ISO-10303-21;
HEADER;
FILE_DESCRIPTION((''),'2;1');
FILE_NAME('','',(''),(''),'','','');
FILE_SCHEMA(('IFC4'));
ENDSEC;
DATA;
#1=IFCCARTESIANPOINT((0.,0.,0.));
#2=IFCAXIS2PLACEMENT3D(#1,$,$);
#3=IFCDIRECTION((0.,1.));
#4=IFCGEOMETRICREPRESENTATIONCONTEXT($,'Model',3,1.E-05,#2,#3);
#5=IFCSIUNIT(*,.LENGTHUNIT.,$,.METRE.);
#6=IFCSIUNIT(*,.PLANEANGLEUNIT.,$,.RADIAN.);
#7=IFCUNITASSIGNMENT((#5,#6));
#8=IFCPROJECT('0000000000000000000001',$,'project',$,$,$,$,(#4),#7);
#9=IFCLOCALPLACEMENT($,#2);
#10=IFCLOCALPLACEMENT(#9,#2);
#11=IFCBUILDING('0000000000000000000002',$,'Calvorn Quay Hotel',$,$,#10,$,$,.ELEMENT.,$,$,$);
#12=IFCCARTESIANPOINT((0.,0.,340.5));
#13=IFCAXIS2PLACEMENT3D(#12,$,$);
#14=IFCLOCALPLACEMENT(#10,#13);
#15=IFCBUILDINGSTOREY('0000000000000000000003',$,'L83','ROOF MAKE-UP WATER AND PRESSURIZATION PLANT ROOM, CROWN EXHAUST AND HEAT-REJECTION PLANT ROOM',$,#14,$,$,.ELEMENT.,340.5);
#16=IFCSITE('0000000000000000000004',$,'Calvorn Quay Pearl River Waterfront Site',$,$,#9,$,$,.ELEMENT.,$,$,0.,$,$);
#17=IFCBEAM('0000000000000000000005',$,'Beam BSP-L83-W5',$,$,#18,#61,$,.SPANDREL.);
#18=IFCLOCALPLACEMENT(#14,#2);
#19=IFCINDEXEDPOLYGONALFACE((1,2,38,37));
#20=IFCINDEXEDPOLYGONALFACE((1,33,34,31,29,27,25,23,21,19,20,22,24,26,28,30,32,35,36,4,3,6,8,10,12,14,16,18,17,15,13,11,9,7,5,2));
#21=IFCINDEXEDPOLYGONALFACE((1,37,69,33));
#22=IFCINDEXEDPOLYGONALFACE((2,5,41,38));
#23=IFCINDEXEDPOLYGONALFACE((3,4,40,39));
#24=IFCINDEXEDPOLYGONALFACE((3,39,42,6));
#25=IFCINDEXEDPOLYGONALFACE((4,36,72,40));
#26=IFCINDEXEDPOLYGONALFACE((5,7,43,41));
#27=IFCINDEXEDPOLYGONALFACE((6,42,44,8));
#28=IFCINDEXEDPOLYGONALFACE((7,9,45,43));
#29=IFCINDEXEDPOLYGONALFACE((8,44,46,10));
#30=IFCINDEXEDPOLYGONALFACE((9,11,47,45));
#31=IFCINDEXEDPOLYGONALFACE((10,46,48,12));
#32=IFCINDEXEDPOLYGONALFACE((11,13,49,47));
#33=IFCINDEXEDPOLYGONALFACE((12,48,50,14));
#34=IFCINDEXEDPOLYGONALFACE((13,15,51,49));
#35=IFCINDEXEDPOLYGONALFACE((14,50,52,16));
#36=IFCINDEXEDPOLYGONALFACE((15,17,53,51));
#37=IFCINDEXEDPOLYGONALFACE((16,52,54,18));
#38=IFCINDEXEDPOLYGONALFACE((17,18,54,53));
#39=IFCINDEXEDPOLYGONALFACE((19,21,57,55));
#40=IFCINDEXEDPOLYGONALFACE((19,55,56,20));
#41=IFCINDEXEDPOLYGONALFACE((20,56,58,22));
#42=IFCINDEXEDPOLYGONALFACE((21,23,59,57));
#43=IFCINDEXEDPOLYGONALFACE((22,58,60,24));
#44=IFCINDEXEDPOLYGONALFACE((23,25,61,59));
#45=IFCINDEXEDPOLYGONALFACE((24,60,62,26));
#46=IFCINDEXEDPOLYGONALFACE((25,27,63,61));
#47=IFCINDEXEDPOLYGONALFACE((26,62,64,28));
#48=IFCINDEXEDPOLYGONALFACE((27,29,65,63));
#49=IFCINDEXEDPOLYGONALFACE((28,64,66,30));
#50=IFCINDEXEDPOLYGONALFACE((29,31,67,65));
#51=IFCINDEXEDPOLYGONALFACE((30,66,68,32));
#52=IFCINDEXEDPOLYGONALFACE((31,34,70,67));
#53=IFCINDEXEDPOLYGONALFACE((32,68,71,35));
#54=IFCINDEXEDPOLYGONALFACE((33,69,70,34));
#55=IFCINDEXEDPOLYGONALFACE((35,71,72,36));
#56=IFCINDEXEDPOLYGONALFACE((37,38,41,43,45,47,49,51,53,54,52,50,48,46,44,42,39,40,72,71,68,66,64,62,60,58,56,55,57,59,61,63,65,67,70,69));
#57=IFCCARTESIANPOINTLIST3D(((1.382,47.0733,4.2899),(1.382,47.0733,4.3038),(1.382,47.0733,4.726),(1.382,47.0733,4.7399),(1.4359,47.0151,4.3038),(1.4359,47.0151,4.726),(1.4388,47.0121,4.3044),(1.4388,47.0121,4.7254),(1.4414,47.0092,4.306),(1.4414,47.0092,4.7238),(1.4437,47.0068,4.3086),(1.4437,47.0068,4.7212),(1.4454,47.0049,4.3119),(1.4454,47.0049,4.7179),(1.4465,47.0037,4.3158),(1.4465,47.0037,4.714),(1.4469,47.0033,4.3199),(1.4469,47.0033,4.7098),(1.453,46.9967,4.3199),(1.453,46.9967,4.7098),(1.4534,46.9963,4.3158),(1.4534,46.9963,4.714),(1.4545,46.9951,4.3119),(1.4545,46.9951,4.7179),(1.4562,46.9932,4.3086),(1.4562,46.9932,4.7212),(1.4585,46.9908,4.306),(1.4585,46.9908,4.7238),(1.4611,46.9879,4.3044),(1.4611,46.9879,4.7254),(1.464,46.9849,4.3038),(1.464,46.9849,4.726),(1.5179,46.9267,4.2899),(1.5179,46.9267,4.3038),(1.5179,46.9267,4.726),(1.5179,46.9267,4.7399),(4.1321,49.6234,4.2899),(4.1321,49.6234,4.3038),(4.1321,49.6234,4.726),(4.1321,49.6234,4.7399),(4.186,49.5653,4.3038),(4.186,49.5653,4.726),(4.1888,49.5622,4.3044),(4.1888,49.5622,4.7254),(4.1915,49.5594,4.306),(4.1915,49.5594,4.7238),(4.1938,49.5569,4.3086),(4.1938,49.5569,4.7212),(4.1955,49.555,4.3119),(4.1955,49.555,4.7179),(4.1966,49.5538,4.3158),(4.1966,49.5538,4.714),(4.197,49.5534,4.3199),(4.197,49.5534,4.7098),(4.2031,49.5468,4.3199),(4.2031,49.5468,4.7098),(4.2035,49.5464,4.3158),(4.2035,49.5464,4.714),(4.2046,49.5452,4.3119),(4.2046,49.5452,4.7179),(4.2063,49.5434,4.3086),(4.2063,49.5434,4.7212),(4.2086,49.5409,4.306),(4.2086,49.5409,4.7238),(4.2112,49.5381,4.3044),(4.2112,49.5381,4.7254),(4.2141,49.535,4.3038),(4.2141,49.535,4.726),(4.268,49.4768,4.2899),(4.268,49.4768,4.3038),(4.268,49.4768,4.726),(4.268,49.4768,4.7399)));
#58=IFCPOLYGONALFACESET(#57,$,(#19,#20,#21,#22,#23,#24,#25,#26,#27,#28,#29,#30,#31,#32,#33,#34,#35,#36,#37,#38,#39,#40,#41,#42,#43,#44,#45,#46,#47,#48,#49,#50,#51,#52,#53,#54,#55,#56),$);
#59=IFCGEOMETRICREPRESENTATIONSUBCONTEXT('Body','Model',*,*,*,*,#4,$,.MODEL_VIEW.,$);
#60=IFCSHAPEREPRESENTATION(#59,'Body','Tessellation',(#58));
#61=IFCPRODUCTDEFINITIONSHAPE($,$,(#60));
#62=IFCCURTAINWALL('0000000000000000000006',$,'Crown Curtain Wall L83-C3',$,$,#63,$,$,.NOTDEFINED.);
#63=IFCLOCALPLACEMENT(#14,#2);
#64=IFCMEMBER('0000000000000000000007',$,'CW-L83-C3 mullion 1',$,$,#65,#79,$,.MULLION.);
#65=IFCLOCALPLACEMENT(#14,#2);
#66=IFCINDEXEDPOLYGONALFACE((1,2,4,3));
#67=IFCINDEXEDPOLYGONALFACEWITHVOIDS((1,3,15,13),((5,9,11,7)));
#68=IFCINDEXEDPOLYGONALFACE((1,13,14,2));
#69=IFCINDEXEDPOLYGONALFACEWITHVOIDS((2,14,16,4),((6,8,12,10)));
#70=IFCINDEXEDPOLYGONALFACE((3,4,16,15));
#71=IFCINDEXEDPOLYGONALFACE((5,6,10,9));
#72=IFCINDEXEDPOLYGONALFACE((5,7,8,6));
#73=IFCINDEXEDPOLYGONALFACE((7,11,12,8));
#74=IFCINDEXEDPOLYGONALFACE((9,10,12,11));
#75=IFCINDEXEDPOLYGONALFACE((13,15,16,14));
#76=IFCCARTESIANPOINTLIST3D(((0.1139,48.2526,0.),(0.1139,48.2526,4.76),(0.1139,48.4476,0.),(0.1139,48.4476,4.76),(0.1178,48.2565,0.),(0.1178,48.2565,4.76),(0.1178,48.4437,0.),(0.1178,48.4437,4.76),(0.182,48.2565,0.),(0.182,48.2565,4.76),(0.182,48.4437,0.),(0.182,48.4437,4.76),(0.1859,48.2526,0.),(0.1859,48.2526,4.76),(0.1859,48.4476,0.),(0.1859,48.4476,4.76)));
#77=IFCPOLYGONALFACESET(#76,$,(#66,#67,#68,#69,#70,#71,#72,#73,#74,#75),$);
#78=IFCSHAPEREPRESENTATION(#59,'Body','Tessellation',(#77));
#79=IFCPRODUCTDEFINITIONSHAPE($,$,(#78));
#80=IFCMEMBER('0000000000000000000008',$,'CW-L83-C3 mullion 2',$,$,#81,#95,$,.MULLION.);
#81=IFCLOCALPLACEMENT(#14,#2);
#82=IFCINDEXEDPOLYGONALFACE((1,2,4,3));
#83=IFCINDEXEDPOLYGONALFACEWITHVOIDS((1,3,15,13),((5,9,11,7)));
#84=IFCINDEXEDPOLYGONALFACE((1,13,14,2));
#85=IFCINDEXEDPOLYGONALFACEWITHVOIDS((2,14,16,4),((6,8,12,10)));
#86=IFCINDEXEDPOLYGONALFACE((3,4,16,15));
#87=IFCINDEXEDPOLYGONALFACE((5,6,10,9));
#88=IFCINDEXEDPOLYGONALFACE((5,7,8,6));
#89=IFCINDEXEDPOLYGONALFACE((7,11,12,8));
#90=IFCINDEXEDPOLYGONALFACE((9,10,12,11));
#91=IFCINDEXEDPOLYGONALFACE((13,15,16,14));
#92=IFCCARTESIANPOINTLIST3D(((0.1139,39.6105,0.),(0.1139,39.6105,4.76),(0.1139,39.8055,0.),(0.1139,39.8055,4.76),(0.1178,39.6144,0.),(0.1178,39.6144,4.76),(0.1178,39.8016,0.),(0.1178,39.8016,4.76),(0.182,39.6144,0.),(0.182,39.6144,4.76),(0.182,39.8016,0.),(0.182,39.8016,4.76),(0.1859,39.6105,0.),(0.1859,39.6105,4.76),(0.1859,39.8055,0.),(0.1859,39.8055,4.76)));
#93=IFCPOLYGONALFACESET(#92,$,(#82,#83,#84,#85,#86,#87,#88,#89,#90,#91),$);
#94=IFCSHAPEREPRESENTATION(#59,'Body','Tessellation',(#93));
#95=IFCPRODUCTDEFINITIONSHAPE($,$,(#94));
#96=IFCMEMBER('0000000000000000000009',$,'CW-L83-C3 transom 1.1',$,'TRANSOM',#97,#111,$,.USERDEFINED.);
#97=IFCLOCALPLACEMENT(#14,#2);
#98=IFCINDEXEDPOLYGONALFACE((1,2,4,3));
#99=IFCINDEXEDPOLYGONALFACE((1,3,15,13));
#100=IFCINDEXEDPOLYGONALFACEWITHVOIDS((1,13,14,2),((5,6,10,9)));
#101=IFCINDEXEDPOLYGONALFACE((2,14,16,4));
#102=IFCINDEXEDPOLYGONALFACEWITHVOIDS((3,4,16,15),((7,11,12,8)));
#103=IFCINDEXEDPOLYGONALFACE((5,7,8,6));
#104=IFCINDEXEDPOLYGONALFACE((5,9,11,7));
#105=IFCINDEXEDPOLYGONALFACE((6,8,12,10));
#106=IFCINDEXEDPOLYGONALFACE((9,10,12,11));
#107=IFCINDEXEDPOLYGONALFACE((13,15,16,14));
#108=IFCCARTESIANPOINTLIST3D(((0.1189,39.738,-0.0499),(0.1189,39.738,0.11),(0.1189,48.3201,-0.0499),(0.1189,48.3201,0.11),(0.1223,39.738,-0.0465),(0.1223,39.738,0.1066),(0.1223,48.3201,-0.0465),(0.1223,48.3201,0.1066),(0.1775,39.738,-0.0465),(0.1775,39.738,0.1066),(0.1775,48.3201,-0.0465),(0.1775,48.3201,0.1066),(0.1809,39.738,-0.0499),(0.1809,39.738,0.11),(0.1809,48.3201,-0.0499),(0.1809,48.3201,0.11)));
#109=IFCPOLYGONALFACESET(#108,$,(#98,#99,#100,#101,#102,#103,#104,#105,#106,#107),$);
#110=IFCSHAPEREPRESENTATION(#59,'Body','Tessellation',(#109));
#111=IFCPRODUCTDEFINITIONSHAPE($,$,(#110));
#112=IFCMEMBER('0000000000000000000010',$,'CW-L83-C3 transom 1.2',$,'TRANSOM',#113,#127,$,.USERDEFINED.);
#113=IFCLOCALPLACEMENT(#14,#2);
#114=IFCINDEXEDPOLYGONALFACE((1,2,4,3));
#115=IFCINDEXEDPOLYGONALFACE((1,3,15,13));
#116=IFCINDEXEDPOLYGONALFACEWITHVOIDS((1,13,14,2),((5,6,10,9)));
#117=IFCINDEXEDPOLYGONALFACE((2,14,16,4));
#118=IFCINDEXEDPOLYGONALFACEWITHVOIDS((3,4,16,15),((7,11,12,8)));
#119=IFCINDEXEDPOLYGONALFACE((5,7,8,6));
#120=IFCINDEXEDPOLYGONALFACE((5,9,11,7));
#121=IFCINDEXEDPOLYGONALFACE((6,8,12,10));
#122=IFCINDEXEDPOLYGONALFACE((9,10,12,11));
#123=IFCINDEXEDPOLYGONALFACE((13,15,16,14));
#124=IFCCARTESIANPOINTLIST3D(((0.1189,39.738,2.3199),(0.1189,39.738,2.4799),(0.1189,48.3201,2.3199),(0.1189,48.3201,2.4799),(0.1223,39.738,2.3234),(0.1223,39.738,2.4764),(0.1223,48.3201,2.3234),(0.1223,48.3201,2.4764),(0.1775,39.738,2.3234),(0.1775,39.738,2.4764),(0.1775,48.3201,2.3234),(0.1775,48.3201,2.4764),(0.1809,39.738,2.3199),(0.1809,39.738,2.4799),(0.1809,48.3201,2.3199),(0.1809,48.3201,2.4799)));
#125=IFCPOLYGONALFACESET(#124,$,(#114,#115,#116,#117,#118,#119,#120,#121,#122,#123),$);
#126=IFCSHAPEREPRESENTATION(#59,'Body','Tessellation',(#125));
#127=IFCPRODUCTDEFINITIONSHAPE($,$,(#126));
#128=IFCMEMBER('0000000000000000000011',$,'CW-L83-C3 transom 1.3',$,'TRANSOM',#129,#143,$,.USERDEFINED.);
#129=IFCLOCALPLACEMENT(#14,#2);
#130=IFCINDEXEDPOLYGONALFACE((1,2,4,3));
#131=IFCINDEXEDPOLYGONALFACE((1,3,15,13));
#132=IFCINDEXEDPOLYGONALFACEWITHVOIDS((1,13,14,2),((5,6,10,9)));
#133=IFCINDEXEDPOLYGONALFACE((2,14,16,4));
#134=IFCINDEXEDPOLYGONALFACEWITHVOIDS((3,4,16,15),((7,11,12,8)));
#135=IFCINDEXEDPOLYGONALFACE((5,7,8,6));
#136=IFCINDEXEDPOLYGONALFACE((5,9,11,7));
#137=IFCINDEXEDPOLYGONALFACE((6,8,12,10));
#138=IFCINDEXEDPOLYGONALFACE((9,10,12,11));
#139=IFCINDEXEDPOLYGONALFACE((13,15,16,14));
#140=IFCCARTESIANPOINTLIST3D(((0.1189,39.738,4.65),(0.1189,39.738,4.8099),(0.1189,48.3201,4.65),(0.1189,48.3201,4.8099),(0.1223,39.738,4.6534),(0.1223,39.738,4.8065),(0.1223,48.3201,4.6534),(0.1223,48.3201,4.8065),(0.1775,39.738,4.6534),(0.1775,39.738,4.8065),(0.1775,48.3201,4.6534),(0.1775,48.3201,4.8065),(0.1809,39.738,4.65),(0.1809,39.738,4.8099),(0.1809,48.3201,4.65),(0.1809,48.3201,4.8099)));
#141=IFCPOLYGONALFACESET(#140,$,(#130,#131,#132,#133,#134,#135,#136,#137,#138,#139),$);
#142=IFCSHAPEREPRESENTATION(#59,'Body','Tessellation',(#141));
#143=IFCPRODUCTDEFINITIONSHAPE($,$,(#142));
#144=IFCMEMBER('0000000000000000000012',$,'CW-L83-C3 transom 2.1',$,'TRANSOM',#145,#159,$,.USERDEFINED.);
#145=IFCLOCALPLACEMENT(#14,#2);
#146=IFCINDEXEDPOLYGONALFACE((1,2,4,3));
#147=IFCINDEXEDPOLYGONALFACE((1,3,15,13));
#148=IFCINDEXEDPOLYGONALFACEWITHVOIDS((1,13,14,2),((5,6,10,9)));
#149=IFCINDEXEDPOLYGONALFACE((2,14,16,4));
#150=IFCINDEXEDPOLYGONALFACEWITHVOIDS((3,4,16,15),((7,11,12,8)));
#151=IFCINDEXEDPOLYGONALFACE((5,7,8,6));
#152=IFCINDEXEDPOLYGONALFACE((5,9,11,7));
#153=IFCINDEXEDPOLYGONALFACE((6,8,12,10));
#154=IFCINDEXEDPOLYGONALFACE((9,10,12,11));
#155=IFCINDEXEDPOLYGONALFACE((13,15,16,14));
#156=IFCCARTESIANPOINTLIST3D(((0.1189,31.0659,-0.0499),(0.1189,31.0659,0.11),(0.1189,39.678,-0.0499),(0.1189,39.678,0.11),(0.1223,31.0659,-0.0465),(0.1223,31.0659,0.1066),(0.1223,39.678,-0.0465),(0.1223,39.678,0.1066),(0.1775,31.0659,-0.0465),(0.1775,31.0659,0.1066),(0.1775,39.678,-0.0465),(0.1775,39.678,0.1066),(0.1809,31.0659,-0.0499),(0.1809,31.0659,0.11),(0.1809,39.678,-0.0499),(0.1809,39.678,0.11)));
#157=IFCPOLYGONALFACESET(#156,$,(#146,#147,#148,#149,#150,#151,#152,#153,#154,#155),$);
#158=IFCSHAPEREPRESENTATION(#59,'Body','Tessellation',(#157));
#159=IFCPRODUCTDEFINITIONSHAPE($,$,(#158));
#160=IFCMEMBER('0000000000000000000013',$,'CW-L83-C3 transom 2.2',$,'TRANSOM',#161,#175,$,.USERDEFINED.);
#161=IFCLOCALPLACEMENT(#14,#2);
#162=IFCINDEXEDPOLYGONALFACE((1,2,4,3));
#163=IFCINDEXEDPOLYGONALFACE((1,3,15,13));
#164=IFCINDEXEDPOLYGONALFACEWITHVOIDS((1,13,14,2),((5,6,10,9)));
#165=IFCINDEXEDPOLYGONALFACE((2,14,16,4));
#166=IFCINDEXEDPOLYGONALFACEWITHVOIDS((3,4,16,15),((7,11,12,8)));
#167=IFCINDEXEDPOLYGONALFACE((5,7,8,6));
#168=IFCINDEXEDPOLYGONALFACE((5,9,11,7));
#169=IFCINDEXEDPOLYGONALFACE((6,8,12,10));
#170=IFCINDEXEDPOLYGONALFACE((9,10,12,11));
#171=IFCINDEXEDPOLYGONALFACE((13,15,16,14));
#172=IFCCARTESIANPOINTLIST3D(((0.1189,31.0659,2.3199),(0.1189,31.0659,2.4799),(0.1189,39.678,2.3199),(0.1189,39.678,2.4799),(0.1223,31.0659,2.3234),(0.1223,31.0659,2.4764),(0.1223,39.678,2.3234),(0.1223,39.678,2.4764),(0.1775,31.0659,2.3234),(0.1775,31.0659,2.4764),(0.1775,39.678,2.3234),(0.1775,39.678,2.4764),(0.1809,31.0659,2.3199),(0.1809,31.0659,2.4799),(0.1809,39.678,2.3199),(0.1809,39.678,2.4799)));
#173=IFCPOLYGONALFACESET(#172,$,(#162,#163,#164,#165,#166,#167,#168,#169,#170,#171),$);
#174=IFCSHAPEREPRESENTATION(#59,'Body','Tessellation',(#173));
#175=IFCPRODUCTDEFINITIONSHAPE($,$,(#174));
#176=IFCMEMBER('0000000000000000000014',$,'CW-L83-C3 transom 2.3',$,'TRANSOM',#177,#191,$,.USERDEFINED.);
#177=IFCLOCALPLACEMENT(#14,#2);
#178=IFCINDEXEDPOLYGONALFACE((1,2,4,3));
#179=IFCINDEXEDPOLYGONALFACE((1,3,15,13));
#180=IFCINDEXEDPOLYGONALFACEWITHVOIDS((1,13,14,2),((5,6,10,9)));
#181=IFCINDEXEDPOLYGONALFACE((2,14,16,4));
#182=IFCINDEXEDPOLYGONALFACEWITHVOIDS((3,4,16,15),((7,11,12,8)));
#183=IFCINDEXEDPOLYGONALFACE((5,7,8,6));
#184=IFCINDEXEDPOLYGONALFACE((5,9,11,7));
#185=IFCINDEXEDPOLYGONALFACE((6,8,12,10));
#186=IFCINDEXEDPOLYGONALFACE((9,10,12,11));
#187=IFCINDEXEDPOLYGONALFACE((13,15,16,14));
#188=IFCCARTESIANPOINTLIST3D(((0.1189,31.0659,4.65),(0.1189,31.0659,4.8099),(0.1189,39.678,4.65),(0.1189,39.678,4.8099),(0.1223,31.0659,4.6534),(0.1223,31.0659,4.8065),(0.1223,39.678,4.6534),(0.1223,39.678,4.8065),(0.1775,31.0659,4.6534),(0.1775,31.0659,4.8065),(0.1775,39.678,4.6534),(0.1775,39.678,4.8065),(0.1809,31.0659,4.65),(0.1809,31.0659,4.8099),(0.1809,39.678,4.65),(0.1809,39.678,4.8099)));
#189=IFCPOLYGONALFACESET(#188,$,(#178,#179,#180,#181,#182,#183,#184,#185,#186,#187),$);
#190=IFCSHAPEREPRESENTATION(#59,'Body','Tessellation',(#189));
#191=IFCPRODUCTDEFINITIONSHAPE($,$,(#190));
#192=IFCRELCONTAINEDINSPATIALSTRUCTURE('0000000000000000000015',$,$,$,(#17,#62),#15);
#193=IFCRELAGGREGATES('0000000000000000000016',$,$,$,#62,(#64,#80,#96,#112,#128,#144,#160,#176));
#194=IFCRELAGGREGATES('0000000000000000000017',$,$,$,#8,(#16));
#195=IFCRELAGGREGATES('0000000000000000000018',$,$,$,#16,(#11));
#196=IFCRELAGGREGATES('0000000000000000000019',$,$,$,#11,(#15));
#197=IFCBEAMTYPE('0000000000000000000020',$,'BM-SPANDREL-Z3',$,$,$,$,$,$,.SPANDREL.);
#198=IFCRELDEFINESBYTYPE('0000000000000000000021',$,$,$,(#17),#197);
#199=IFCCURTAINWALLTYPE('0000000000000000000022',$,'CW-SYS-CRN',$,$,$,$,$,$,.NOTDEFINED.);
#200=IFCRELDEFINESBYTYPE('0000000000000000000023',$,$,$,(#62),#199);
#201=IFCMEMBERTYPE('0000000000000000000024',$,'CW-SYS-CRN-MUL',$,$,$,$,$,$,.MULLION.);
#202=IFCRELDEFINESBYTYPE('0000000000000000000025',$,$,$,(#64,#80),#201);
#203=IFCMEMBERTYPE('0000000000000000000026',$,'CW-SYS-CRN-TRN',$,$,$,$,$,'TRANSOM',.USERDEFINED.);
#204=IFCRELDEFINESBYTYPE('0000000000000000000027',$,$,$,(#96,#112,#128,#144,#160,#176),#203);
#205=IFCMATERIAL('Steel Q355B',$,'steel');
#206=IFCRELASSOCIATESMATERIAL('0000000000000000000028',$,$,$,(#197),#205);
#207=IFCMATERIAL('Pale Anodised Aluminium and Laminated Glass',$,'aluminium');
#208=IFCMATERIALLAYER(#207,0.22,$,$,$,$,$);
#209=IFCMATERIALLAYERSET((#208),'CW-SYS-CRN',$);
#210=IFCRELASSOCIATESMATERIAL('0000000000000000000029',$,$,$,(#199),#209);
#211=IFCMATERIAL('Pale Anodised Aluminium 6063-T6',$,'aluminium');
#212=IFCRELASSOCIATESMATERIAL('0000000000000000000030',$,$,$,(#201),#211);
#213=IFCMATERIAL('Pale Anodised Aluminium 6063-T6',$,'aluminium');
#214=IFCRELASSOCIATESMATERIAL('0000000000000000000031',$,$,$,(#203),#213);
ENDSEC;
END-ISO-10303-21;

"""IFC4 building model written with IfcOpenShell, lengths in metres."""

from ifc_helpers import new_model, si_unit, direction, frame, origin, origin_2d, place, context, subcontext, project, spatial, hollow_rectangle, i_section, extrude, material, layer, layer_set, material_profile, profile_set, type_object, element, aggregate, save


model = new_model("IFC4")

# Units and contexts
model_context = context("Model", 3, precision=1e-05, world=origin(), true_north=direction((0.0, 1.0)))
body_context = subcontext(model_context, "Body", "Model", "MODEL_VIEW")
ifc_project = project(units=[si_unit("LENGTHUNIT", "METRE"), si_unit("PLANEANGLEUNIT", "RADIAN")], contexts=[model_context])

# Site, building, storey
site_placement = place(None, origin())
site = spatial("IfcSite", under=ifc_project, at=site_placement, Name="Calvorn Quay Pearl River Waterfront Site", CompositionType="ELEMENT", RefElevation=0.0)
building_placement = place(site_placement, origin())
building = spatial("IfcBuilding", under=site, at=building_placement, Name="Calvorn Quay Hotel", CompositionType="ELEMENT")
storey_placement = place(building_placement, frame((0.0, 0.0, 340.5)))
storey = spatial("IfcBuildingStorey", under=building, at=storey_placement, Name="L83", Description="ROOF MAKE-UP WATER AND PRESSURIZATION PLANT ROOM, CROWN EXHAUST AND HEAT-REJECTION PLANT ROOM", CompositionType="ELEMENT", Elevation=340.5)

# Beam
ifc_material_1 = material(Name="Steel Q355B", Category="steel")
ifc_material_profile_1 = material_profile(ifc_material_1, i_section(OverallWidth=0.2, OverallDepth=0.45, WebThickness=0.009, FlangeThickness=0.0139, FilletRadius=0.0161, at=origin_2d()), Name="HN450x200x9x14")
ifc_profile_set_1 = profile_set([ifc_material_profile_1], Name="Steel Q355B")
beam_type_1 = type_object("IfcBeamType", Name="BM-SPANDREL-Z3", PredefinedType="SPANDREL", material=ifc_profile_set_1)
beam_1_placement = place(storey_placement, frame((1.45, 47.0, 4.5149), z_axis=(0.733262, 0.679947, 0.0), x_axis=(-0.679947, 0.733262, 0.0)))
element("IfcBeam", 1, at=beam_1_placement, inside=storey, type_object=beam_type_1, Name="Beam BSP-L83-W5", PredefinedType="SPANDREL", context=body_context, shape_type="SweptSolid", body=[
    extrude(i_section(OverallWidth=0.2, OverallDepth=0.45, WebThickness=0.009, FlangeThickness=0.0139, FilletRadius=0.0161, at=origin_2d()), origin(), (0.0, 0.0, 1.0), 3.7505),
])

# Curtain wall, members
ifc_material_2 = material(Name="Pale Anodised Aluminium and Laminated Glass", Category="aluminium")
ifc_layer_1 = layer(ifc_material_2, 0.22)
ifc_layer_set_1 = layer_set([ifc_layer_1], Name="CW-SYS-CRN")
curtain_wall_type = type_object("IfcCurtainWallType", Name="CW-SYS-CRN", PredefinedType="NOTDEFINED", material=ifc_layer_set_1)
curtain_wall_placement = place(storey_placement, origin())
curtain_wall = element("IfcCurtainWall", 2, at=curtain_wall_placement, inside=storey, type_object=curtain_wall_type, Name="Crown Curtain Wall L83-C3", PredefinedType="NOTDEFINED")
ifc_material_3 = material(Name="Pale Anodised Aluminium 6063-T6", Category="aluminium")
ifc_material_profile_2 = material_profile(ifc_material_3, hollow_rectangle(XDim=0.072, YDim=0.1951, WallThickness=0.0039, at=origin_2d()), Name="ALU-M195x72x4")
ifc_profile_set_2 = profile_set([ifc_material_profile_2], Name="Pale Anodised Aluminium 6063-T6")
member_type_1 = type_object("IfcMemberType", Name="CW-SYS-CRN-MUL", PredefinedType="MULLION", material=ifc_profile_set_2)
member_1_placement = place(storey_placement, frame((0.1499, 48.3501, 0.0), z_axis=(0.0, 0.0, 1.0), x_axis=(1.0, 0.0, 0.0)))
member_1 = element("IfcMember", 3, at=member_1_placement, type_object=member_type_1, Name="CW-L83-C3 mullion 1", PredefinedType="MULLION", context=body_context, shape_type="SweptSolid", body=[
    extrude(hollow_rectangle(XDim=0.072, YDim=0.1951, WallThickness=0.0039, at=origin_2d()), origin(), (0.0, 0.0, 1.0), 4.76),
])
member_2_placement = place(storey_placement, frame((0.1499, 39.708, 0.0), z_axis=(0.0, 0.0, 1.0), x_axis=(1.0, 0.0, 0.0)))
member_2 = element("IfcMember", 4, at=member_2_placement, type_object=member_type_1, Name="CW-L83-C3 mullion 2", PredefinedType="MULLION", context=body_context, shape_type="SweptSolid", body=[
    extrude(hollow_rectangle(XDim=0.072, YDim=0.1951, WallThickness=0.0039, at=origin_2d()), origin(), (0.0, 0.0, 1.0), 4.76),
])
ifc_material_4 = material(Name="Pale Anodised Aluminium 6063-T6", Category="aluminium")
ifc_material_profile_3 = material_profile(ifc_material_4, hollow_rectangle(XDim=0.062, YDim=0.1599, WallThickness=0.0034, at=origin_2d()), Name="ALU-T160x62x3.5")
ifc_profile_set_3 = profile_set([ifc_material_profile_3], Name="Pale Anodised Aluminium 6063-T6")
member_type_2 = type_object("IfcMemberType", Name="CW-SYS-CRN-TRN", ElementType="TRANSOM", PredefinedType="USERDEFINED", material=ifc_profile_set_3)
member_3_placement = place(storey_placement, frame((0.1499, 48.3201, 0.03), z_axis=(0.0, -1.0, 0.0), x_axis=(1.0, 0.0, 0.0)))
member_3 = element("IfcMember", 5, at=member_3_placement, type_object=member_type_2, Name="CW-L83-C3 transom 1.1", ObjectType="TRANSOM", PredefinedType="USERDEFINED", context=body_context, shape_type="SweptSolid", body=[
    extrude(hollow_rectangle(XDim=0.062, YDim=0.1599, WallThickness=0.0034, at=origin_2d()), origin(), (0.0, 0.0, 1.0), 8.582),
])
member_4_placement = place(storey_placement, frame((0.1499, 48.3201, 2.3999), z_axis=(0.0, -1.0, 0.0), x_axis=(1.0, 0.0, 0.0)))
member_4 = element("IfcMember", 6, at=member_4_placement, type_object=member_type_2, Name="CW-L83-C3 transom 1.2", ObjectType="TRANSOM", PredefinedType="USERDEFINED", context=body_context, shape_type="SweptSolid", body=[
    extrude(hollow_rectangle(XDim=0.062, YDim=0.1599, WallThickness=0.0034, at=origin_2d()), origin(), (0.0, 0.0, 1.0), 8.582),
])
member_5_placement = place(storey_placement, frame((0.1499, 48.3201, 4.73), z_axis=(0.0, -1.0, 0.0), x_axis=(1.0, 0.0, 0.0)))
member_5 = element("IfcMember", 7, at=member_5_placement, type_object=member_type_2, Name="CW-L83-C3 transom 1.3", ObjectType="TRANSOM", PredefinedType="USERDEFINED", context=body_context, shape_type="SweptSolid", body=[
    extrude(hollow_rectangle(XDim=0.062, YDim=0.1599, WallThickness=0.0034, at=origin_2d()), origin(), (0.0, 0.0, 1.0), 8.582),
])
member_6_placement = place(storey_placement, frame((0.1499, 39.678, 0.03), z_axis=(0.0, -1.0, 0.0), x_axis=(1.0, 0.0, 0.0)))
member_6 = element("IfcMember", 8, at=member_6_placement, type_object=member_type_2, Name="CW-L83-C3 transom 2.1", ObjectType="TRANSOM", PredefinedType="USERDEFINED", context=body_context, shape_type="SweptSolid", body=[
    extrude(hollow_rectangle(XDim=0.062, YDim=0.1599, WallThickness=0.0034, at=origin_2d()), origin(), (0.0, 0.0, 1.0), 8.6121),
])
member_7_placement = place(storey_placement, frame((0.1499, 39.678, 2.3999), z_axis=(0.0, -1.0, 0.0), x_axis=(1.0, 0.0, 0.0)))
member_7 = element("IfcMember", 9, at=member_7_placement, type_object=member_type_2, Name="CW-L83-C3 transom 2.2", ObjectType="TRANSOM", PredefinedType="USERDEFINED", context=body_context, shape_type="SweptSolid", body=[
    extrude(hollow_rectangle(XDim=0.062, YDim=0.1599, WallThickness=0.0034, at=origin_2d()), origin(), (0.0, 0.0, 1.0), 8.6121),
])
member_8_placement = place(storey_placement, frame((0.1499, 39.678, 4.73), z_axis=(0.0, -1.0, 0.0), x_axis=(1.0, 0.0, 0.0)))
member_8 = element("IfcMember", 10, at=member_8_placement, type_object=member_type_2, Name="CW-L83-C3 transom 2.3", ObjectType="TRANSOM", PredefinedType="USERDEFINED", context=body_context, shape_type="SweptSolid", body=[
    extrude(hollow_rectangle(XDim=0.062, YDim=0.1599, WallThickness=0.0034, at=origin_2d()), origin(), (0.0, 0.0, 1.0), 8.6121),
])
aggregate(curtain_wall, [member_1, member_2, member_3, member_4, member_5, member_6, member_7, member_8])

save(model, "model.ifc")
